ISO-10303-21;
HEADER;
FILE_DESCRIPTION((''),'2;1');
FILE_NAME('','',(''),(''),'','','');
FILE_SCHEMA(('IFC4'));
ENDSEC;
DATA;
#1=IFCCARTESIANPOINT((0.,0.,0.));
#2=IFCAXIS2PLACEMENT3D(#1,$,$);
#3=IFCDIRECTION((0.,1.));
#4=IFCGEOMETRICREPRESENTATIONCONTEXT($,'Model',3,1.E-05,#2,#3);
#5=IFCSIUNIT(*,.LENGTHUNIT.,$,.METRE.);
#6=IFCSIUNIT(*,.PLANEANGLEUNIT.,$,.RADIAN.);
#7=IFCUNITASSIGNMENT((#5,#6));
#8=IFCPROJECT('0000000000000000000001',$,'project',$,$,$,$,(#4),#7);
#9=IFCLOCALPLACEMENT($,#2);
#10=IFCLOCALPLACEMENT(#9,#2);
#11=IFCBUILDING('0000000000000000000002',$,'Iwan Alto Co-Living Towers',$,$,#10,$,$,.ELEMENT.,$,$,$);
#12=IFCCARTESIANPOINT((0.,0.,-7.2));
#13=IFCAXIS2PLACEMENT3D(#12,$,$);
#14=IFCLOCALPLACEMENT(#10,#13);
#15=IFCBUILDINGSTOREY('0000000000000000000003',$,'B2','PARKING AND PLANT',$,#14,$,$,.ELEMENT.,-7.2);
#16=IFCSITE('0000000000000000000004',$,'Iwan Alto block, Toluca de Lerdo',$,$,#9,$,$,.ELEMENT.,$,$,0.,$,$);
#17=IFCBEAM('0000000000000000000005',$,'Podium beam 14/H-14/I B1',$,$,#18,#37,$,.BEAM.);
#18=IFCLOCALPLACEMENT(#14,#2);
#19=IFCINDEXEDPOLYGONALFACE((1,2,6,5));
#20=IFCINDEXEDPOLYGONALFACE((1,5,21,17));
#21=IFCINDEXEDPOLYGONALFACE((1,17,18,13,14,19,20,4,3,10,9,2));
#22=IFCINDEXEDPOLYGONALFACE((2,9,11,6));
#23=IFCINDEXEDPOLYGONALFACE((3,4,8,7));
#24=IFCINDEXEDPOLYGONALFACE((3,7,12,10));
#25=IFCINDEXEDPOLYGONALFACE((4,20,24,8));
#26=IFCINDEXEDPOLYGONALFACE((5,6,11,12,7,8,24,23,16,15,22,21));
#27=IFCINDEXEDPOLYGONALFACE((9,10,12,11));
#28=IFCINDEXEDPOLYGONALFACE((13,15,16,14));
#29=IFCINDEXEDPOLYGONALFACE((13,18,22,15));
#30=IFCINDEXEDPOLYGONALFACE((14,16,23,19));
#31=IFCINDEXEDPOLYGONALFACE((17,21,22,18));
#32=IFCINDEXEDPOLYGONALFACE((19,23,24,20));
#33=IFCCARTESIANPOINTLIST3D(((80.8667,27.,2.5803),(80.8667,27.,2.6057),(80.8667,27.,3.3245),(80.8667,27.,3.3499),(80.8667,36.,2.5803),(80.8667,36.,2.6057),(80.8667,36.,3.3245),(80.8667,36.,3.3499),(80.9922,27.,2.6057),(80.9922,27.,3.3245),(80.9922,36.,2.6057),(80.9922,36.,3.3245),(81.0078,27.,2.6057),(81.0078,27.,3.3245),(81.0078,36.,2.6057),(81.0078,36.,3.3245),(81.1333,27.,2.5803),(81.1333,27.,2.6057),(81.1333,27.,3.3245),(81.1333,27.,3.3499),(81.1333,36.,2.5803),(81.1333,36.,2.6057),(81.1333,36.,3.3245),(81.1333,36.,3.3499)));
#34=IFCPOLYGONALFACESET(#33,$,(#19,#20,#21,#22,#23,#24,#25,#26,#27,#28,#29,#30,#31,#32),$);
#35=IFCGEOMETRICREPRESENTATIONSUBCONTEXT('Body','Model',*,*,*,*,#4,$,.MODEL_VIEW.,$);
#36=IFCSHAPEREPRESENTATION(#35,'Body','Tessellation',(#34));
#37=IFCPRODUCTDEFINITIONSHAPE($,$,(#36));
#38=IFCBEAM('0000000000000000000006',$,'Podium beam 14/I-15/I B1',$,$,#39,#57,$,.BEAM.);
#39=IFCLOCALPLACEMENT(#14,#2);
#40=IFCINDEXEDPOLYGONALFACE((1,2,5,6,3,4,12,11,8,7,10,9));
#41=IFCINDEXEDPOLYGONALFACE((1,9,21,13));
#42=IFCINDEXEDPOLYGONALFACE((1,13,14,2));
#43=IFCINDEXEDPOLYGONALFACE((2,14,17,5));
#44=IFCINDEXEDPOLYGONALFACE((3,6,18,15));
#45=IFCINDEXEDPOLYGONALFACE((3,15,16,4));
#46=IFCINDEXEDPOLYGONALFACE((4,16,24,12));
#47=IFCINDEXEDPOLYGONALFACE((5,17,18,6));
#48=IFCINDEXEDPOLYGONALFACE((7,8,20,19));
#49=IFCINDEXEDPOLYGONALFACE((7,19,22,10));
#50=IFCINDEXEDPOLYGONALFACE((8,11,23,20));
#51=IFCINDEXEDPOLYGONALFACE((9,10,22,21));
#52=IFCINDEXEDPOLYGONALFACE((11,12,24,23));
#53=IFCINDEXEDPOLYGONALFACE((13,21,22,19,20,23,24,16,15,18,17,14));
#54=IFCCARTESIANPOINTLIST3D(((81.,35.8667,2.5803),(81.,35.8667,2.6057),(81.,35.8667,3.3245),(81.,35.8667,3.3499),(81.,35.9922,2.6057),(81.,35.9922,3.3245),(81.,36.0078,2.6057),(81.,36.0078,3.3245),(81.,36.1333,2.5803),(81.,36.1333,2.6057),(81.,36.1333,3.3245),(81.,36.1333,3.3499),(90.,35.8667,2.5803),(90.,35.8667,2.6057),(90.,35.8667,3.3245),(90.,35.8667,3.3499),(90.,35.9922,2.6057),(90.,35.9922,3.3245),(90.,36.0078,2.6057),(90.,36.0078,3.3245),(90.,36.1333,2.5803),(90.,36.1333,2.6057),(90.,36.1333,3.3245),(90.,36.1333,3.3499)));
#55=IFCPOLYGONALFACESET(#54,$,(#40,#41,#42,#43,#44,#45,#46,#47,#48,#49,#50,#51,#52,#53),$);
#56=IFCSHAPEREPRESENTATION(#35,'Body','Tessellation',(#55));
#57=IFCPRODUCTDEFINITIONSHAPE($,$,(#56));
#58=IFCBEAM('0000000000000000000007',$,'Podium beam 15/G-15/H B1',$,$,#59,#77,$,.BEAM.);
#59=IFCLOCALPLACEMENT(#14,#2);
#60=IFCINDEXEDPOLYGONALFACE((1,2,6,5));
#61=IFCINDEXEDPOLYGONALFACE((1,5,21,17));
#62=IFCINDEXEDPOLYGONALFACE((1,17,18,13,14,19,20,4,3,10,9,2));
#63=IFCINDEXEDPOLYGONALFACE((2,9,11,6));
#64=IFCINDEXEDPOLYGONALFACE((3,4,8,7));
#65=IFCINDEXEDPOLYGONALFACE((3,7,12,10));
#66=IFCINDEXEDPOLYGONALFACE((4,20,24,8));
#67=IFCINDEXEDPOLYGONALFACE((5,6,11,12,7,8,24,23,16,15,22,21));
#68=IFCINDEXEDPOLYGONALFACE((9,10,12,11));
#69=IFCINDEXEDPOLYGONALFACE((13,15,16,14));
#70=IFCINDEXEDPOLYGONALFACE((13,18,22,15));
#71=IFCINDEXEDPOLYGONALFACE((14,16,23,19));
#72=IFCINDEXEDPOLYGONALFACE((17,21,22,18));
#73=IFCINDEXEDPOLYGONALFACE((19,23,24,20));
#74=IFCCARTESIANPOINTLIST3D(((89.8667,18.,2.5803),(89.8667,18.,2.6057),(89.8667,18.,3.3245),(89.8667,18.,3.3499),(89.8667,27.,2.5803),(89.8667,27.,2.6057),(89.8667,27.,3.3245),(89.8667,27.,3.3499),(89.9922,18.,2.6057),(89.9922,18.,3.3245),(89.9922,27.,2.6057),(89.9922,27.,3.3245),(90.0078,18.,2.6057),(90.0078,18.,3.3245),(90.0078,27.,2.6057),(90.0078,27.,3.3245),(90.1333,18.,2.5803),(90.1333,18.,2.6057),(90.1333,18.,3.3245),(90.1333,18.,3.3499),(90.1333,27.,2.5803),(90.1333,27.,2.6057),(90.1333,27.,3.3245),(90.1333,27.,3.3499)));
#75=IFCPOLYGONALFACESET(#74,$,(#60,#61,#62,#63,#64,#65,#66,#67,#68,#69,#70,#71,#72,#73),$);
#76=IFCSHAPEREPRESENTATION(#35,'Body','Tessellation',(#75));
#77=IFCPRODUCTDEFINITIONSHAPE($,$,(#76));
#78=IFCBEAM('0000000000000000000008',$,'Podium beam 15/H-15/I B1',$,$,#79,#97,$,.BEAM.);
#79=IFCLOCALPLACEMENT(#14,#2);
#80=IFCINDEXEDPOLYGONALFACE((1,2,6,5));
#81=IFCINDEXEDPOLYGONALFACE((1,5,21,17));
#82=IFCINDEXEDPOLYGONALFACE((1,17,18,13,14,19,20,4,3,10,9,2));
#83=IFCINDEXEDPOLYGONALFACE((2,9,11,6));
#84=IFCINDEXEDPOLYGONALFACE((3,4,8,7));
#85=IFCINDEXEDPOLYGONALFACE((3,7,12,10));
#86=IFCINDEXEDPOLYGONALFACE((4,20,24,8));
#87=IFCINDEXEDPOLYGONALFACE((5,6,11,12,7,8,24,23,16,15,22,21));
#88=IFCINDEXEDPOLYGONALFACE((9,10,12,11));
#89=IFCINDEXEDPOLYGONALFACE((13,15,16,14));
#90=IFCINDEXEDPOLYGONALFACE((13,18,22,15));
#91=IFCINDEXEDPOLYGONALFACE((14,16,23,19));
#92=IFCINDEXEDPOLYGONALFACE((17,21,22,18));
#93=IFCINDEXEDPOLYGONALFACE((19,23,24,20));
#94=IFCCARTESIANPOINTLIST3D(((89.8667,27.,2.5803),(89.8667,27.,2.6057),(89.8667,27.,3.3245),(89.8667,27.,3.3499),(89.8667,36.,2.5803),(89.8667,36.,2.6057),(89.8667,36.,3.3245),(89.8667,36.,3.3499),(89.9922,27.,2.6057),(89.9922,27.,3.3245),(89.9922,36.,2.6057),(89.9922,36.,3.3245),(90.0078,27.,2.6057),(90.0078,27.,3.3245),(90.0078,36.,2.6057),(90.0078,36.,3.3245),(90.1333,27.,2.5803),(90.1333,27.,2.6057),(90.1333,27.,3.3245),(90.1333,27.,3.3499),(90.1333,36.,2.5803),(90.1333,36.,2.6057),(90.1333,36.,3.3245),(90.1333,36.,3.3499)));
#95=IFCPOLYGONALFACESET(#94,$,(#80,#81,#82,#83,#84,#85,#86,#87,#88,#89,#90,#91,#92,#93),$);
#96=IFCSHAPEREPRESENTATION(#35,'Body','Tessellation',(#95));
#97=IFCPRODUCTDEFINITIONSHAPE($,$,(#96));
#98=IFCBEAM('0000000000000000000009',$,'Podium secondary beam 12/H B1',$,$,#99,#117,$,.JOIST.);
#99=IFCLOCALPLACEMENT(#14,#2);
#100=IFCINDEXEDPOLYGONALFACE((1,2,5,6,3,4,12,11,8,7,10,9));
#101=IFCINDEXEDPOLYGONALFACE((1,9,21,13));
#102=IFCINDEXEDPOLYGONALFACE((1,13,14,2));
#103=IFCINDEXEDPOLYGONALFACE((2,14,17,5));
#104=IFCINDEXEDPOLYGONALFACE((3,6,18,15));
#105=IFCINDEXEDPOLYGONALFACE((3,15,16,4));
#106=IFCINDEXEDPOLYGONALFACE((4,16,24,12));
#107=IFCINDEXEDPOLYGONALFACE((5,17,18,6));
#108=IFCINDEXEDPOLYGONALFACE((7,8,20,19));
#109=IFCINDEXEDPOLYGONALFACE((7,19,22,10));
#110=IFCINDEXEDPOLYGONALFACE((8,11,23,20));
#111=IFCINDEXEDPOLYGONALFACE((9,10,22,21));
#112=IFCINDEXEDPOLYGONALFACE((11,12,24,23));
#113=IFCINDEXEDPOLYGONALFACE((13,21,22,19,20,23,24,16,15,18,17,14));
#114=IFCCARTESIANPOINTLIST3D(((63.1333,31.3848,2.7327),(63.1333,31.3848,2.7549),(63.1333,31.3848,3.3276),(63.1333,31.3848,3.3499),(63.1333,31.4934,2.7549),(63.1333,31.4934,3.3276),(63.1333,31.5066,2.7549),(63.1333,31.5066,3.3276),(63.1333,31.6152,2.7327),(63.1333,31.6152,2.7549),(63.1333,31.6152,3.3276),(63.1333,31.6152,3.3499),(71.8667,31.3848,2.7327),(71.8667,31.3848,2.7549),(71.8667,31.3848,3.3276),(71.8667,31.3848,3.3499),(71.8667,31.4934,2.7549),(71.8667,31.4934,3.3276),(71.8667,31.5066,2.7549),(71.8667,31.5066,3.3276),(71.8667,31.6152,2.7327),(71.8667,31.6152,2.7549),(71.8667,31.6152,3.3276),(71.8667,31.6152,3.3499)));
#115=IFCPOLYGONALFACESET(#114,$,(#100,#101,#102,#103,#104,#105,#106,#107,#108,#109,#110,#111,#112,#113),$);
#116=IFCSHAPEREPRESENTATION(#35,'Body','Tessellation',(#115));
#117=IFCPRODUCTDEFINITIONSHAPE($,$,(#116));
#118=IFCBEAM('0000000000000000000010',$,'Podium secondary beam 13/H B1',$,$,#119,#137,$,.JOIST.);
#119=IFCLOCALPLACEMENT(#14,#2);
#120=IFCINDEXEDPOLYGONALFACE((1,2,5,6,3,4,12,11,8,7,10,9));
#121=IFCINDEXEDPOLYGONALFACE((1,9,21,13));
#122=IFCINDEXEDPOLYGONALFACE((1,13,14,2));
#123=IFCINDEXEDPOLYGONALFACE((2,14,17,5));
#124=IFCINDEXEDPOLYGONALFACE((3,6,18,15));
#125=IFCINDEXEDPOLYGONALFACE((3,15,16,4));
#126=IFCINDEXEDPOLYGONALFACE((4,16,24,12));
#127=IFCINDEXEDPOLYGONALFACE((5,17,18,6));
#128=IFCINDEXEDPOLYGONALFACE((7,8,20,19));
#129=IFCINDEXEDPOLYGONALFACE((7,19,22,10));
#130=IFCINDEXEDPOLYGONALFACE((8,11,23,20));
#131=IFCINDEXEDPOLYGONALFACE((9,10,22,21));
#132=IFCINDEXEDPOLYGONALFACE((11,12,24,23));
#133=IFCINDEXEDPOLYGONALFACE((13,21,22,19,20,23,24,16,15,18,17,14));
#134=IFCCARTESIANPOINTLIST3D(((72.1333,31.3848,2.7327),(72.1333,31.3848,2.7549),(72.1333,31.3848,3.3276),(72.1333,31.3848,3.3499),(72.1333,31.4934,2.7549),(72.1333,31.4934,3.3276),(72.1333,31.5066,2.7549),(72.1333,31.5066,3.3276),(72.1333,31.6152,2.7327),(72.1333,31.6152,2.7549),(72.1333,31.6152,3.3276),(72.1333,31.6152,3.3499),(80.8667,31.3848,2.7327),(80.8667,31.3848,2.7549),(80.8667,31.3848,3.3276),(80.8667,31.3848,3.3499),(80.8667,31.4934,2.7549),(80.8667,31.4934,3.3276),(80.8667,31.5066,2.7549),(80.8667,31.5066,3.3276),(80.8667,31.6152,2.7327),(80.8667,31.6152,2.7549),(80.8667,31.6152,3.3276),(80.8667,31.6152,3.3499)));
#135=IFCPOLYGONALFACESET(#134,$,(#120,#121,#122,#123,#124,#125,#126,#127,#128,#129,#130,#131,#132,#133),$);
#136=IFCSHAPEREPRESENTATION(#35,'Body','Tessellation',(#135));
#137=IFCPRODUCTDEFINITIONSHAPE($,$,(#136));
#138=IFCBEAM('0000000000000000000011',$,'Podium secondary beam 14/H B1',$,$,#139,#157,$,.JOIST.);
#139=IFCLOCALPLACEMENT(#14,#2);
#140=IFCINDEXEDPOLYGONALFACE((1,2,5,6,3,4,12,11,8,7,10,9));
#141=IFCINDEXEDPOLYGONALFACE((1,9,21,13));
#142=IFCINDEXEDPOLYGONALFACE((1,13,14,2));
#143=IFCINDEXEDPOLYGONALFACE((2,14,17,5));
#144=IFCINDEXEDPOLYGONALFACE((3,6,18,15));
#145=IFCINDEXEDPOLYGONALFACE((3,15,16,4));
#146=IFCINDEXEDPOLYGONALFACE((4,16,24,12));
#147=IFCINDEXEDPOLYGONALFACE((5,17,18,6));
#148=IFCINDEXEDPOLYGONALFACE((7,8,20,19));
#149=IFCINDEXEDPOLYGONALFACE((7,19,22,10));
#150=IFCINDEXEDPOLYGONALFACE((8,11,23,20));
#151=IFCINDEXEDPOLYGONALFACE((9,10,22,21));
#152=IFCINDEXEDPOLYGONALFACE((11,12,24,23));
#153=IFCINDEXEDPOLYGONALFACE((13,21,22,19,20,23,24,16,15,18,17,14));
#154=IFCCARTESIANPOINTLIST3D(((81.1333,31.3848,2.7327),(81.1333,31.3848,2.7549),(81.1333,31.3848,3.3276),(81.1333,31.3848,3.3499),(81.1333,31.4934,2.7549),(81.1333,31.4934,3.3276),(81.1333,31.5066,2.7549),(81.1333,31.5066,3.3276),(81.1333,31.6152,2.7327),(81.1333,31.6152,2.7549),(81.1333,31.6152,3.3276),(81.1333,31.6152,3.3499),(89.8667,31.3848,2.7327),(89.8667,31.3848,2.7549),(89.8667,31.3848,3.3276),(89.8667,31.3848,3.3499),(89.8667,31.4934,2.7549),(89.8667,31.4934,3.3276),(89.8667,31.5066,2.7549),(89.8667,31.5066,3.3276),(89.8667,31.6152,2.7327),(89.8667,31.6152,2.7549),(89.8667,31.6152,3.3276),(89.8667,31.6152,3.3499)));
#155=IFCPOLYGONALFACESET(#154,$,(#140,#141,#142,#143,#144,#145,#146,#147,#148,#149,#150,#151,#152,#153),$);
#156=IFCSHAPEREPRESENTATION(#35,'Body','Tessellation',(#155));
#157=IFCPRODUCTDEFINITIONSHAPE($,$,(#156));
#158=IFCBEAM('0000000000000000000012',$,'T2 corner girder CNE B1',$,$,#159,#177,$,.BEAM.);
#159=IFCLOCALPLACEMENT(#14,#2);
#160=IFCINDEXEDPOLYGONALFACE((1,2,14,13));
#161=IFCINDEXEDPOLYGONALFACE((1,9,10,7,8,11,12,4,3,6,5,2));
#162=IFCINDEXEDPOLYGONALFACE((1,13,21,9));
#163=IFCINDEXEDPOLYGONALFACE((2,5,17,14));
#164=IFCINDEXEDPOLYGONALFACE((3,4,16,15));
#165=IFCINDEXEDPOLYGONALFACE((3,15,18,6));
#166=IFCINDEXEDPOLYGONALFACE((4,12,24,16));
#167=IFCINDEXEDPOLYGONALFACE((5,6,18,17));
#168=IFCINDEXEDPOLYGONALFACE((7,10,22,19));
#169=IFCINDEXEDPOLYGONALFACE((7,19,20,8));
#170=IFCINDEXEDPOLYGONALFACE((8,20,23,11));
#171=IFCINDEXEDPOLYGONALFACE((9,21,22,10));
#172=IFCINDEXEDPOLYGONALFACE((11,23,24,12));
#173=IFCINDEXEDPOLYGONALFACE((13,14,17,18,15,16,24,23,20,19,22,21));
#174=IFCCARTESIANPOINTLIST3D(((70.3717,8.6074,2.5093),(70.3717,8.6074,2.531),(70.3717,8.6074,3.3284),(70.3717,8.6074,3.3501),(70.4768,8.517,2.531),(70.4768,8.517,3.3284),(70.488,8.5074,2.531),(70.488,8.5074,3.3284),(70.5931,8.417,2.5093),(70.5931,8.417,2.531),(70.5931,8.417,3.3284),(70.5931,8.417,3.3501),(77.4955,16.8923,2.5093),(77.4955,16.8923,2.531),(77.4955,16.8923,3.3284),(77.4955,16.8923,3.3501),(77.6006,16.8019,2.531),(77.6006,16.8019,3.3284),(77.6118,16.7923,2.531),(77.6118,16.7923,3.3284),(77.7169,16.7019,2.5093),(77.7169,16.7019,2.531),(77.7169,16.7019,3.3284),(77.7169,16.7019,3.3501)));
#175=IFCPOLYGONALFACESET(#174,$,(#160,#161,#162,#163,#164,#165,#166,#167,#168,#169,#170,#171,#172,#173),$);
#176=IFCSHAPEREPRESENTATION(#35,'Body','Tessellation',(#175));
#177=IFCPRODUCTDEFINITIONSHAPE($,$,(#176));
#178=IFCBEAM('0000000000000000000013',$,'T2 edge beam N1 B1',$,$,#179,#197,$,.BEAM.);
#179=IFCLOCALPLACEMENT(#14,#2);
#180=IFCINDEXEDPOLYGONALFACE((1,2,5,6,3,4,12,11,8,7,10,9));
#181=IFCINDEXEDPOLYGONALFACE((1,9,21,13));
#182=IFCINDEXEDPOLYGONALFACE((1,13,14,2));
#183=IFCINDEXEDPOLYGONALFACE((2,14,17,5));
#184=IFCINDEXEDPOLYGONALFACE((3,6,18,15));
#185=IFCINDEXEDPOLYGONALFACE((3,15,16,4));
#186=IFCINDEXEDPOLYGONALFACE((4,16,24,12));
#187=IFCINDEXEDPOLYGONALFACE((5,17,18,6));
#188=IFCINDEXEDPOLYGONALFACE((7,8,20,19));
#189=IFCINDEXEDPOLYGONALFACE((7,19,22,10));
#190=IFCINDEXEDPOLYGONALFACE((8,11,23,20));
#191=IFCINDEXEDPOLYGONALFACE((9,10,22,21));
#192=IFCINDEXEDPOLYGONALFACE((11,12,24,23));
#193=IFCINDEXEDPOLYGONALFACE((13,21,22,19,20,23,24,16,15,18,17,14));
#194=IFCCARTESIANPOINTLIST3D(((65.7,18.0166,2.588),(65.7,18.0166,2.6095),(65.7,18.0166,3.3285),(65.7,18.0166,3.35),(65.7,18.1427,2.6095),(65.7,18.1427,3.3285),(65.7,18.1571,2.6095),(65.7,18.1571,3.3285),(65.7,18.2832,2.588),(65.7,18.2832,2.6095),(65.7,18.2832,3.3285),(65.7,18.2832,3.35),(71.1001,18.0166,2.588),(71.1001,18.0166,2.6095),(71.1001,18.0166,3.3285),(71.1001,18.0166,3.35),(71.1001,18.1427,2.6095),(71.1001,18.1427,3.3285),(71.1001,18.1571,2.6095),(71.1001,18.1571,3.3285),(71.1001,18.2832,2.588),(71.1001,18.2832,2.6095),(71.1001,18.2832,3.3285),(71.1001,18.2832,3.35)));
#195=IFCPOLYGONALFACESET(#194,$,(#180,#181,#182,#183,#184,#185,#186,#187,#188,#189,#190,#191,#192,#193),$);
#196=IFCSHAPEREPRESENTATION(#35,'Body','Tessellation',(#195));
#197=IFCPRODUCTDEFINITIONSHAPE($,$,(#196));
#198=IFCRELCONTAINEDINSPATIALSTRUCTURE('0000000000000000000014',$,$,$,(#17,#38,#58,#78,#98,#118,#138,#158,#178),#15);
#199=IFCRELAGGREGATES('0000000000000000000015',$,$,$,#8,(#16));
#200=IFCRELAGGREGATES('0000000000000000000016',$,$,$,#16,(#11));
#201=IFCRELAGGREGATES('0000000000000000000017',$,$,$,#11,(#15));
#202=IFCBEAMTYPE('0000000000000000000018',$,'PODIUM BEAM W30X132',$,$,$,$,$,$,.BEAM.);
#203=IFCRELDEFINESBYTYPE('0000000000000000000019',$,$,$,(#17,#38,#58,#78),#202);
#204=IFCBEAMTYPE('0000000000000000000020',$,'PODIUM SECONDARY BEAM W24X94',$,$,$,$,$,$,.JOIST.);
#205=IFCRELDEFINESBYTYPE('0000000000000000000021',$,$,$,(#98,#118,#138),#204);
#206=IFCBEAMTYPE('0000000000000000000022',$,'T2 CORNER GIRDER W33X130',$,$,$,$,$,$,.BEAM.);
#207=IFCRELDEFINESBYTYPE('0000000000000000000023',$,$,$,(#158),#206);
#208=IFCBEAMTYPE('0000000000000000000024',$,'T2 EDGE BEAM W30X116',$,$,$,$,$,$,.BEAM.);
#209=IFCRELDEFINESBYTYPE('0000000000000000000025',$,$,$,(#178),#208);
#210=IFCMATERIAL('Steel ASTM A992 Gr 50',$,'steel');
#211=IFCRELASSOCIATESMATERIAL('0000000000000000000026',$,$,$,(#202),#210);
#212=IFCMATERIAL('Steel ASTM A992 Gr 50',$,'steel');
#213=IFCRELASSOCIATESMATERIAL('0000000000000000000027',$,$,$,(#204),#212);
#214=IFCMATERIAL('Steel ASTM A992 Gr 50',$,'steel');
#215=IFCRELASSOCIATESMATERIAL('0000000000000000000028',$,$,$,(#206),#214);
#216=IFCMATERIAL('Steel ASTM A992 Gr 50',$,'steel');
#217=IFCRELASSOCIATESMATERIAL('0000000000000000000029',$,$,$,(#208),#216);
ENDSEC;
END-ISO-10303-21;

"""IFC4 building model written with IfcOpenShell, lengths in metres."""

from ifc_helpers import new_model, si_unit, direction, frame, origin, origin_2d, place, context, subcontext, project, spatial, i_section, extrude, material, material_profile, profile_set, type_object, element, save


model = new_model("IFC4")

# Units and contexts
model_context = context("Model", 3, precision=1e-05, world=origin(), true_north=direction((0.0, 1.0)))
body_context = subcontext(model_context, "Body", "Model", "MODEL_VIEW")
ifc_project = project(units=[si_unit("LENGTHUNIT", "METRE"), si_unit("PLANEANGLEUNIT", "RADIAN")], contexts=[model_context])

# Site, building, storey
site_placement = place(None, origin())
site = spatial("IfcSite", under=ifc_project, at=site_placement, Name="Iwan Alto block, Toluca de Lerdo", CompositionType="ELEMENT", RefElevation=0.0)
building_placement = place(site_placement, origin())
building = spatial("IfcBuilding", under=site, at=building_placement, Name="Iwan Alto Co-Living Towers", CompositionType="ELEMENT")
storey_placement = place(building_placement, frame((0.0, 0.0, -7.2)))
storey = spatial("IfcBuildingStorey", under=building, at=storey_placement, Name="B2", Description="PARKING AND PLANT", CompositionType="ELEMENT", Elevation=-7.2)

# Beams
ifc_material_1 = material(Name="Steel ASTM A992 Gr 50", Category="steel")
ifc_material_profile_1 = material_profile(ifc_material_1, i_section(OverallWidth=0.2666, OverallDepth=0.7695, WebThickness=0.0156, FlangeThickness=0.0254, at=origin_2d()), Name="W30X132")
ifc_profile_set_1 = profile_set([ifc_material_profile_1], Name="Steel ASTM A992 Gr 50")
beam_type_1 = type_object("IfcBeamType", Name="PODIUM BEAM W30X132", PredefinedType="BEAM", material=ifc_profile_set_1)
for number, where, z_axis, x_axis, name in (
    (1, (81.0, 27.0, 2.9651), (0.0, 1.0, 0.0), (-1.0, 0.0, 0.0), "Podium beam 14/H-14/I B1"),
    (2, (81.0, 36.0, 2.9651), (1.0, 0.0, 0.0), (0.0, 1.0, 0.0), "Podium beam 14/I-15/I B1"),
    (3, (90.0, 18.0, 2.9651), (0.0, 1.0, 0.0), (-1.0, 0.0, 0.0), "Podium beam 15/G-15/H B1"),
    (4, (90.0, 27.0, 2.9651), (0.0, 1.0, 0.0), (-1.0, 0.0, 0.0), "Podium beam 15/H-15/I B1"),
):
    element("IfcBeam", number, at=place(storey_placement, frame(where, z_axis=z_axis, x_axis=x_axis)), inside=storey, type_object=beam_type_1, Name=name, PredefinedType="BEAM", context=body_context, shape_type="SweptSolid", body=[
        extrude(i_section(OverallWidth=0.2666, OverallDepth=0.7695, WebThickness=0.0156, FlangeThickness=0.0254, at=origin_2d()), origin(), (0.0, 0.0, 1.0), 9.0),
    ])
ifc_material_2 = material(Name="Steel ASTM A992 Gr 50", Category="steel")
ifc_material_profile_2 = material_profile(ifc_material_2, i_section(OverallWidth=0.2305, OverallDepth=0.6172, WebThickness=0.0132, FlangeThickness=0.0222, at=origin_2d()), Name="W24X94")
ifc_profile_set_2 = profile_set([ifc_material_profile_2], Name="Steel ASTM A992 Gr 50")
beam_type_2 = type_object("IfcBeamType", Name="PODIUM SECONDARY BEAM W24X94", PredefinedType="JOIST", material=ifc_profile_set_2)
for number, where, z_axis, x_axis, name in (
    (5, (63.1333, 31.5, 3.0413), (1.0, 0.0, 0.0), (0.0, 1.0, 0.0), "Podium secondary beam 12/H B1"),
    (6, (72.1333, 31.5, 3.0413), (1.0, 0.0, 0.0), (0.0, 1.0, 0.0), "Podium secondary beam 13/H B1"),
    (7, (81.1333, 31.5, 3.0413), (1.0, 0.0, 0.0), (0.0, 1.0, 0.0), "Podium secondary beam 14/H B1"),
):
    element("IfcBeam", number, at=place(storey_placement, frame(where, z_axis=z_axis, x_axis=x_axis)), inside=storey, type_object=beam_type_2, Name=name, PredefinedType="JOIST", context=body_context, shape_type="SweptSolid", body=[
        extrude(i_section(OverallWidth=0.2305, OverallDepth=0.6172, WebThickness=0.0132, FlangeThickness=0.0222, at=origin_2d()), origin(), (0.0, 0.0, 1.0), 8.7334),
    ])
ifc_material_3 = material(Name="Steel ASTM A992 Gr 50", Category="steel")
ifc_material_profile_3 = material_profile(ifc_material_3, i_section(OverallWidth=0.292, OverallDepth=0.8408, WebThickness=0.0146, FlangeThickness=0.0217, at=origin_2d()), Name="W33X130")
ifc_profile_set_3 = profile_set([ifc_material_profile_3], Name="Steel ASTM A992 Gr 50")
beam_type_3 = type_object("IfcBeamType", Name="T2 CORNER GIRDER W33X130", PredefinedType="BEAM", material=ifc_profile_set_3)
beam_1_placement = place(storey_placement, frame((77.6062, 16.7971, 2.9297), z_axis=(-0.651974, -0.758242, 0.0), x_axis=(0.758242, -0.651974, 0.0)))
element("IfcBeam", 8, at=beam_1_placement, inside=storey, type_object=beam_type_3, Name="T2 corner girder CNE B1", PredefinedType="BEAM", context=body_context, shape_type="SweptSolid", body=[
    extrude(i_section(OverallWidth=0.292, OverallDepth=0.8408, WebThickness=0.0146, FlangeThickness=0.0217, at=origin_2d()), origin(), (0.0, 0.0, 1.0), 10.9265),
])
ifc_material_4 = material(Name="Steel ASTM A992 Gr 50", Category="steel")
ifc_material_profile_4 = material_profile(ifc_material_4, i_section(OverallWidth=0.2666, OverallDepth=0.762, WebThickness=0.0144, FlangeThickness=0.0215, at=origin_2d()), Name="W30X116")
ifc_profile_set_4 = profile_set([ifc_material_profile_4], Name="Steel ASTM A992 Gr 50")
beam_type_4 = type_object("IfcBeamType", Name="T2 EDGE BEAM W30X116", PredefinedType="BEAM", material=ifc_profile_set_4)
beam_2_placement = place(storey_placement, frame((71.1001, 18.1499, 2.969), z_axis=(-1.0, 0.0, 0.0), x_axis=(0.0, -1.0, 0.0)))
element("IfcBeam", 9, at=beam_2_placement, inside=storey, type_object=beam_type_4, Name="T2 edge beam N1 B1", PredefinedType="BEAM", context=body_context, shape_type="SweptSolid", body=[
    extrude(i_section(OverallWidth=0.2666, OverallDepth=0.762, WebThickness=0.0144, FlangeThickness=0.0215, at=origin_2d()), origin(), (0.0, 0.0, 1.0), 5.4001),
])

save(model, "model.ifc")
